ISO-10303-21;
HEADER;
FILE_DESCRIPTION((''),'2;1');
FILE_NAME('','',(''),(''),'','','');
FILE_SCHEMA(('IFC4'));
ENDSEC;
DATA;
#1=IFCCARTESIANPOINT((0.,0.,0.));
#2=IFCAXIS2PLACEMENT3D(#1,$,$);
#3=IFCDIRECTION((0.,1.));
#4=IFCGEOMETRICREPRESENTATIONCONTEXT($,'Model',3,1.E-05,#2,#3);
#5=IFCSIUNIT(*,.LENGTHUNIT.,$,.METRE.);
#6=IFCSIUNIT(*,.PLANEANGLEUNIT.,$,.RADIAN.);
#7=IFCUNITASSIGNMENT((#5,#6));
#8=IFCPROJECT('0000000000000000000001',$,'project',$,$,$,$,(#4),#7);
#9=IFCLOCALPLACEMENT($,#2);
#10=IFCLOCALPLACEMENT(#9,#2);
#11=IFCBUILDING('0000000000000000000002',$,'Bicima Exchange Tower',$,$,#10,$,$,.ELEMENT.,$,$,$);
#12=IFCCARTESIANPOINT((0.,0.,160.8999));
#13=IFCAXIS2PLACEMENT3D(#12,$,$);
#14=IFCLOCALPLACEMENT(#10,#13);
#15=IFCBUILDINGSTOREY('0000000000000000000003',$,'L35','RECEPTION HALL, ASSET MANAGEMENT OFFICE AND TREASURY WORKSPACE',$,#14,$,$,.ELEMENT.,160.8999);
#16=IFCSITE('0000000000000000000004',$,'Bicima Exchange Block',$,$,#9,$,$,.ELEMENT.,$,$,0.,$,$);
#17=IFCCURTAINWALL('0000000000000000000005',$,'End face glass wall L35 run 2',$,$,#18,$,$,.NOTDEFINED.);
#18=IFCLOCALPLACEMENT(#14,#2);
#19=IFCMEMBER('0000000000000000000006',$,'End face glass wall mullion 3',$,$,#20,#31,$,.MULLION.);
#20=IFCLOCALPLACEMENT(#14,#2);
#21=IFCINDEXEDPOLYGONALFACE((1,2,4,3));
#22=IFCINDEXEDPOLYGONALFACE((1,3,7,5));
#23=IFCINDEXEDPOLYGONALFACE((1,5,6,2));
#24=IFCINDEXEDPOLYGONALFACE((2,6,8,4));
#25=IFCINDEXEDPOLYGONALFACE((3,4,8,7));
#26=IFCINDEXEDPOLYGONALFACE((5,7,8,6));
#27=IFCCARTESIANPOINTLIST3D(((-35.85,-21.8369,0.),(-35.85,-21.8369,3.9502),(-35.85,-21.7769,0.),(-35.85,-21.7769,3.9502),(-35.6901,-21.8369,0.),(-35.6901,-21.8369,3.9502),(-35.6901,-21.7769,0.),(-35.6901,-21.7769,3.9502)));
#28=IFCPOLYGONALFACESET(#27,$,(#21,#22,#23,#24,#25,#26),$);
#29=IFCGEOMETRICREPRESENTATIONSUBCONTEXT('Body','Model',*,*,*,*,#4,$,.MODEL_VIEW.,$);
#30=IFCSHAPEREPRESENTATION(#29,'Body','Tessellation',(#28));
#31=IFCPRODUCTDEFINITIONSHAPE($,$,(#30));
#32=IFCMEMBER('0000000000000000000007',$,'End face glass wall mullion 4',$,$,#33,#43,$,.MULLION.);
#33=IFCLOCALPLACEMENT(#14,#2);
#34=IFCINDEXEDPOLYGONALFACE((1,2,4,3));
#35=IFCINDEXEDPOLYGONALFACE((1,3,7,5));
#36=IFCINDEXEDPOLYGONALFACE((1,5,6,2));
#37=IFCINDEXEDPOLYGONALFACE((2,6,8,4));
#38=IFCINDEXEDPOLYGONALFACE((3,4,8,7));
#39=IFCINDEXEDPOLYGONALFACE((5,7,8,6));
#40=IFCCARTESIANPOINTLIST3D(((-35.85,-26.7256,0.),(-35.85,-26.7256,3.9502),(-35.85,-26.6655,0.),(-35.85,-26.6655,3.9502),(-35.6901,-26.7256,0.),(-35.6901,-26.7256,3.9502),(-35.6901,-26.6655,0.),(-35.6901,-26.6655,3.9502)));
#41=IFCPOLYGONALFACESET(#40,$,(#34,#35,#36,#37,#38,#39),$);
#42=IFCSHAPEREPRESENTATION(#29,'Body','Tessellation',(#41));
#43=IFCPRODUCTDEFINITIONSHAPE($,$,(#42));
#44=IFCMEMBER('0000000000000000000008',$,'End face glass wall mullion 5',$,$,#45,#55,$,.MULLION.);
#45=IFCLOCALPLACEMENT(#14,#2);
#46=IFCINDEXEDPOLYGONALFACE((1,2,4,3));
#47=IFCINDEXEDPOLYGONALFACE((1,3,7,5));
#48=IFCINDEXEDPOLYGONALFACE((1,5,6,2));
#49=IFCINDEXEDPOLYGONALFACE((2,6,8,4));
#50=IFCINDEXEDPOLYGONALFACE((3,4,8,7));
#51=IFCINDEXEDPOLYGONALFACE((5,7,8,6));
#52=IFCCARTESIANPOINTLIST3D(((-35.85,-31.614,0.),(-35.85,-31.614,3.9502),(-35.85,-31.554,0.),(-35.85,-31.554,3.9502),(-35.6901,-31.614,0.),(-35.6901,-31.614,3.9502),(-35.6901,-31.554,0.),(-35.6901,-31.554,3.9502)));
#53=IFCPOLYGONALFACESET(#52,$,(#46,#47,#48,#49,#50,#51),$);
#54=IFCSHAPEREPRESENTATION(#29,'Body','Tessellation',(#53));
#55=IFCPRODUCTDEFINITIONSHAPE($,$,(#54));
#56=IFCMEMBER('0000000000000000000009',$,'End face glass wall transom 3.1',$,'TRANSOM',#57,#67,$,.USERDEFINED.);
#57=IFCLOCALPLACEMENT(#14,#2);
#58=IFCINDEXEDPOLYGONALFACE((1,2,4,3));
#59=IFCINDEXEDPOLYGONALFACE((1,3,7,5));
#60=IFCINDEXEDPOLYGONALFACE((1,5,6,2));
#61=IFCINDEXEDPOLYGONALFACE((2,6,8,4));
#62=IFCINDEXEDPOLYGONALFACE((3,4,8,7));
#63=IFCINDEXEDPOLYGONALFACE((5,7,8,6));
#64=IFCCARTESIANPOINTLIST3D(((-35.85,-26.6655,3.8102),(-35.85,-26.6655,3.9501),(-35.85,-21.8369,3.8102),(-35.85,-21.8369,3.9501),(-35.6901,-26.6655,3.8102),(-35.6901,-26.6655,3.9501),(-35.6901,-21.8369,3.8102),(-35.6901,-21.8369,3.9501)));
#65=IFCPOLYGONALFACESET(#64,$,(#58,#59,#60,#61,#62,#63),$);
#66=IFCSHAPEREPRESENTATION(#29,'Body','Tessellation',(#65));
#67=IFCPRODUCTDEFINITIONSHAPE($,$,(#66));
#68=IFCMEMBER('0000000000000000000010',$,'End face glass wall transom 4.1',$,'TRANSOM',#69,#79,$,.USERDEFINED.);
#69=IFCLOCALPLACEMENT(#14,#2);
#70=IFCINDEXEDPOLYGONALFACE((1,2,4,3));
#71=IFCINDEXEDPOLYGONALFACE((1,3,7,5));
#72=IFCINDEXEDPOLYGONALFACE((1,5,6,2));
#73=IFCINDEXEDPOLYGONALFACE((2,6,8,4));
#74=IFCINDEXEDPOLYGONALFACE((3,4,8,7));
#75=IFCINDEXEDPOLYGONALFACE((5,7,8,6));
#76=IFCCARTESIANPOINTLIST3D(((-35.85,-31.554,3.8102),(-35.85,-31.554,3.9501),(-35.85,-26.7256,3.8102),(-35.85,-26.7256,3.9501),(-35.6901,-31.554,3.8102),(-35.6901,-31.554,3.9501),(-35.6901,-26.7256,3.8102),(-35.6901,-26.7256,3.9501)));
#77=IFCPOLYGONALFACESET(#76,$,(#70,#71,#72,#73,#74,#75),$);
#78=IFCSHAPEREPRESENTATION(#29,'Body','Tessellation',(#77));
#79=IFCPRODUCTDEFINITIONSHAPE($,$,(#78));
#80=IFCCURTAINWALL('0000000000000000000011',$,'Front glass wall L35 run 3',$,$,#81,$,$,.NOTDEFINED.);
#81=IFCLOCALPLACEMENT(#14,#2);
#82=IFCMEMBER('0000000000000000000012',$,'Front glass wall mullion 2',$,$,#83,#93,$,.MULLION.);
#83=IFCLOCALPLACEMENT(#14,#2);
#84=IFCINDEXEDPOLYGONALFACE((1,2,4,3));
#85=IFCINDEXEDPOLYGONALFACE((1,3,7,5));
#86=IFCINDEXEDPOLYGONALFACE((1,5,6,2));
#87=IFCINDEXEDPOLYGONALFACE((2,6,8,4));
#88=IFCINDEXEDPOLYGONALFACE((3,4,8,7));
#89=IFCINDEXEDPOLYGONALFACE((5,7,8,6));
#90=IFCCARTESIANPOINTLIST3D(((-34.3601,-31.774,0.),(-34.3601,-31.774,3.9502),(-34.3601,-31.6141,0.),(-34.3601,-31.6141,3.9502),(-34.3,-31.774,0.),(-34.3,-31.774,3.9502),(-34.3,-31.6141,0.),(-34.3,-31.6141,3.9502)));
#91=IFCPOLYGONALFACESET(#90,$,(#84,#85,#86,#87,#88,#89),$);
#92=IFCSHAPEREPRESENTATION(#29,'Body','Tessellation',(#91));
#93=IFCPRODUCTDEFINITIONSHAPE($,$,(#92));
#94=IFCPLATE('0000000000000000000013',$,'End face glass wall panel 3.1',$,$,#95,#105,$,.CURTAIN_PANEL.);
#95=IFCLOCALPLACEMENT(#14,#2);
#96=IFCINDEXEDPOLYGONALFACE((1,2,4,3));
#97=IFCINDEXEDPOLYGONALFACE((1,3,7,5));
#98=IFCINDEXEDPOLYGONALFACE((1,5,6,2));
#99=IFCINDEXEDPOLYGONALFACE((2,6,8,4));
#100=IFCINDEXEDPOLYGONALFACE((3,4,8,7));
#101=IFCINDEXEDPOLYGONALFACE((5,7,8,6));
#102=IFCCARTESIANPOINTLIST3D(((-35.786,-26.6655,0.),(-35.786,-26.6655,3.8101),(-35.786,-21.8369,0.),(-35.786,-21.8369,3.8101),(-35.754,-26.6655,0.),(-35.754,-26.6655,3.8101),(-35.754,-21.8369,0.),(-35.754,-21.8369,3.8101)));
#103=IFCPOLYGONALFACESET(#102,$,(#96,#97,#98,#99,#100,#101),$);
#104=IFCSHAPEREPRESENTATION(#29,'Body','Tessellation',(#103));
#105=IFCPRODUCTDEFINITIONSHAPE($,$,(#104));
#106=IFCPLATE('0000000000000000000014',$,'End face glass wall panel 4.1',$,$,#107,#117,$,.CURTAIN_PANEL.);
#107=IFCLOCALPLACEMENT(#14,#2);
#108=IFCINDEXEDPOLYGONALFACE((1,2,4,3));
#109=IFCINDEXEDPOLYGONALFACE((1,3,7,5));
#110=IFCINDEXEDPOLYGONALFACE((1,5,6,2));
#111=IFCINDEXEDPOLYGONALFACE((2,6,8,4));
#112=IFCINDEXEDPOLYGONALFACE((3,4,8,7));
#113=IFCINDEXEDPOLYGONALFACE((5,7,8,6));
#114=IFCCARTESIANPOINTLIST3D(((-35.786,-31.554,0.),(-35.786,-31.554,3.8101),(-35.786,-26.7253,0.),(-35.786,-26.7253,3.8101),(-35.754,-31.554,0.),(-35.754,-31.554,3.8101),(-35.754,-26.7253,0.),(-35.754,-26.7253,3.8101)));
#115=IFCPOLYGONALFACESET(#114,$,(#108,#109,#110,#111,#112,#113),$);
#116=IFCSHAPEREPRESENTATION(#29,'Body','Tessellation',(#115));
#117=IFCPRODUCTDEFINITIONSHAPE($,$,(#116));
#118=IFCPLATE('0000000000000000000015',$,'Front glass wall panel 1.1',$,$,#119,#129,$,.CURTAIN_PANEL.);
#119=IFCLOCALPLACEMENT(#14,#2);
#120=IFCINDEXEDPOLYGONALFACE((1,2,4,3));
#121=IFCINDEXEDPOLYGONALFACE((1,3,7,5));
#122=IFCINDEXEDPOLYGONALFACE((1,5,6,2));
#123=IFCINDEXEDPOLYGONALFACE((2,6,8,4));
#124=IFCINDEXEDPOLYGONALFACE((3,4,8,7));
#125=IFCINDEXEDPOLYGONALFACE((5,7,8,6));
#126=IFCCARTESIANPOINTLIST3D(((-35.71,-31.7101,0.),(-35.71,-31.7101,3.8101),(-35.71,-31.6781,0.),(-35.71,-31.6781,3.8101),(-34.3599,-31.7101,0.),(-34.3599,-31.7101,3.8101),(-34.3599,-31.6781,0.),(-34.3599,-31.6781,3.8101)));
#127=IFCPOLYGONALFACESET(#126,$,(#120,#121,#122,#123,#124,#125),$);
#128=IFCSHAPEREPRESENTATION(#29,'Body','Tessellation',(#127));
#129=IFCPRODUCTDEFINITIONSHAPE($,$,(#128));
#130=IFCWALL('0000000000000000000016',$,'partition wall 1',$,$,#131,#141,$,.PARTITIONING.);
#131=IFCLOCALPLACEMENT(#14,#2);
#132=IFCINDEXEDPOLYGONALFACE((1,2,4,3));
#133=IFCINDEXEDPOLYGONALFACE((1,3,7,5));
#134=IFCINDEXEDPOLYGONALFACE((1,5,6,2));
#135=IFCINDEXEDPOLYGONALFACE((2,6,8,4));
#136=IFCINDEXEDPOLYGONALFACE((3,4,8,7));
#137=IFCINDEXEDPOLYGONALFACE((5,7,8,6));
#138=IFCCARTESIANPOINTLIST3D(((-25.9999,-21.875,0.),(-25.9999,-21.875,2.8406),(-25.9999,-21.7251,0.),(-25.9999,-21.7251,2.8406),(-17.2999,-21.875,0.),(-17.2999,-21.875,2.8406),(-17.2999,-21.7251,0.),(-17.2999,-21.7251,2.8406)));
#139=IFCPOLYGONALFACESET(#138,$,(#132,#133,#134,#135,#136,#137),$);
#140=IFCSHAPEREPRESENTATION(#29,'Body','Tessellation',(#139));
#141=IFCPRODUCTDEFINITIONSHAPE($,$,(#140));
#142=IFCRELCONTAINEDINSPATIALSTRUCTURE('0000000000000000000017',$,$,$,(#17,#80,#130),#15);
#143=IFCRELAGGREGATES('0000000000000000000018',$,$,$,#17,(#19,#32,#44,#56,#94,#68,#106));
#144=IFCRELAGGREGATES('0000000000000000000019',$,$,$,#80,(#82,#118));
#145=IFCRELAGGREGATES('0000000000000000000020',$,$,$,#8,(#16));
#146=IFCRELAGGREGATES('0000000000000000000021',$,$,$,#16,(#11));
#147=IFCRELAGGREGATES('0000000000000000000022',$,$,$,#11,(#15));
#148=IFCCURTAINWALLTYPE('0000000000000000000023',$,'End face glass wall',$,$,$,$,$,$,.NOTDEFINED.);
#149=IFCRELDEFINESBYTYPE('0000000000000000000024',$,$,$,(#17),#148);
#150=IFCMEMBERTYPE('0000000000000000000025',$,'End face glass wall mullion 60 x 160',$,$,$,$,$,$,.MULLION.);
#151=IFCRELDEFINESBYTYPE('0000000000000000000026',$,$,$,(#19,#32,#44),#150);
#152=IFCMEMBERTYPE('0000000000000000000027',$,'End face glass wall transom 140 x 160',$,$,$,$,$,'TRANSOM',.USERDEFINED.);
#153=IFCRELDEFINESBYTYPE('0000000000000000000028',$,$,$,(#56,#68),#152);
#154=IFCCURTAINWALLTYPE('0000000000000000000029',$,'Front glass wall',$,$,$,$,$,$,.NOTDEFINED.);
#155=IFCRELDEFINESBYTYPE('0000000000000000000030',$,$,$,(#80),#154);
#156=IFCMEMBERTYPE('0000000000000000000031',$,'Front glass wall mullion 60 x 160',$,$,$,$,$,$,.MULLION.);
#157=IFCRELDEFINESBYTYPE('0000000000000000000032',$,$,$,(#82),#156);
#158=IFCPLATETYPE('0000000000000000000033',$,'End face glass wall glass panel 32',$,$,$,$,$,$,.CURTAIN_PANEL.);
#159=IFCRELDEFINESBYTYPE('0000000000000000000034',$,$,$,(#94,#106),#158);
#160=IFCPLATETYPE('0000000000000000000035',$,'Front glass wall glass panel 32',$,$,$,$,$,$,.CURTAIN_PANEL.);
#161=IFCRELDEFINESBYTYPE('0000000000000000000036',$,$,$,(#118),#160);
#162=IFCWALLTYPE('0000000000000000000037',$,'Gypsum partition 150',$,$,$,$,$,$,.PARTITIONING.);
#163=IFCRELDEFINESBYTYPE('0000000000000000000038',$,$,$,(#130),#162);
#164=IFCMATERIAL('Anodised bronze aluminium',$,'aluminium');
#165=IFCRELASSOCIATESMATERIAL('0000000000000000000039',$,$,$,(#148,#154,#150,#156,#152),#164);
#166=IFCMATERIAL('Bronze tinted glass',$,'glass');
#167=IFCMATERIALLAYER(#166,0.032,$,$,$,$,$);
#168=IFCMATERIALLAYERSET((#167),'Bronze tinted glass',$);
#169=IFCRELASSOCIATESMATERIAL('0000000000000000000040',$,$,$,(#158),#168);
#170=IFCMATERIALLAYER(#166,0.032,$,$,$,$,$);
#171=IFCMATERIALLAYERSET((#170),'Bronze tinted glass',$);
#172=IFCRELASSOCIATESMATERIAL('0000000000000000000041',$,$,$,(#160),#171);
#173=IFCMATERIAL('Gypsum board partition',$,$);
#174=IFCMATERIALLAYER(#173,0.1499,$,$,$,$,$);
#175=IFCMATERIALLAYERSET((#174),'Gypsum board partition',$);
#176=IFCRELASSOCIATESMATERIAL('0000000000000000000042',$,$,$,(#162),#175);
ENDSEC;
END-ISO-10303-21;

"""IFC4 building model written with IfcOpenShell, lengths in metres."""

from ifc_helpers import new_model, si_unit, direction, frame, frame_2d, origin, origin_2d, place, context, subcontext, project, spatial, rectangle, extrude, material, layer, layer_set, material_profile, profile_set, type_object, element, aggregate, save


model = new_model("IFC4")

# Units and contexts
model_context = context("Model", 3, precision=1e-05, world=origin(), true_north=direction((0.0, 1.0)))
body_context = subcontext(model_context, "Body", "Model", "MODEL_VIEW")
ifc_project = project(units=[si_unit("LENGTHUNIT", "METRE"), si_unit("PLANEANGLEUNIT", "RADIAN")], contexts=[model_context])

# Site, building, storey
site_placement = place(None, origin())
site = spatial("IfcSite", under=ifc_project, at=site_placement, Name="Bicima Exchange Block", CompositionType="ELEMENT", RefElevation=0.0)
building_placement = place(site_placement, origin())
building = spatial("IfcBuilding", under=site, at=building_placement, Name="Bicima Exchange Tower", CompositionType="ELEMENT")
storey_placement = place(building_placement, frame((0.0, 0.0, 160.8999)))
storey = spatial("IfcBuildingStorey", under=building, at=storey_placement, Name="L35", Description="RECEPTION HALL, ASSET MANAGEMENT OFFICE AND TREASURY WORKSPACE", CompositionType="ELEMENT", Elevation=160.8999)

# Curtain wall, members
ifc_material_1 = material(Name="Anodised bronze aluminium", Category="aluminium")
curtain_wall_type_1 = type_object("IfcCurtainWallType", Name="End face glass wall", PredefinedType="NOTDEFINED", material=ifc_material_1)
curtain_wall_1_placement = place(storey_placement, origin())
curtain_wall_1 = element("IfcCurtainWall", 1, at=curtain_wall_1_placement, inside=storey, type_object=curtain_wall_type_1, Name="End face glass wall L35 run 2", PredefinedType="NOTDEFINED")
ifc_material_profile_1 = material_profile(ifc_material_1, rectangle(XDim=0.1599, YDim=0.0601, at=origin_2d()))
ifc_profile_set_1 = profile_set([ifc_material_profile_1], Name="Anodised bronze aluminium")
member_type_1 = type_object("IfcMemberType", Name="End face glass wall mullion 60 x 160", PredefinedType="MULLION", material=ifc_profile_set_1)
member_1_placement = place(storey_placement, frame((-35.77, -21.8069, 0.0), z_axis=(0.0, 0.0, 1.0), x_axis=(1.0, 0.0, 0.0)))
member_1 = element("IfcMember", 2, at=member_1_placement, type_object=member_type_1, Name="End face glass wall mullion 3", PredefinedType="MULLION", context=body_context, shape_type="SweptSolid", body=[
    extrude(rectangle(XDim=0.1599, YDim=0.0601, at=origin_2d()), origin(), (0.0, 0.0, 1.0), 3.9502),
])
member_2_placement = place(storey_placement, frame((-35.77, -26.6956, 0.0), z_axis=(0.0, 0.0, 1.0), x_axis=(1.0, 0.0, 0.0)))
member_2 = element("IfcMember", 3, at=member_2_placement, type_object=member_type_1, Name="End face glass wall mullion 4", PredefinedType="MULLION", context=body_context, shape_type="SweptSolid", body=[
    extrude(rectangle(XDim=0.1599, YDim=0.0601, at=origin_2d()), origin(), (0.0, 0.0, 1.0), 3.9502),
])
member_3_placement = place(storey_placement, frame((-35.77, -31.584, 0.0), z_axis=(0.0, 0.0, 1.0), x_axis=(1.0, 0.0, 0.0)))
member_3 = element("IfcMember", 4, at=member_3_placement, type_object=member_type_1, Name="End face glass wall mullion 5", PredefinedType="MULLION", context=body_context, shape_type="SweptSolid", body=[
    extrude(rectangle(XDim=0.1599, YDim=0.0601, at=origin_2d()), origin(), (0.0, 0.0, 1.0), 3.9502),
])
ifc_material_profile_2 = material_profile(ifc_material_1, rectangle(XDim=0.1599, YDim=0.1399, at=origin_2d()))
ifc_profile_set_2 = profile_set([ifc_material_profile_2], Name="Anodised bronze aluminium")
member_type_2 = type_object("IfcMemberType", Name="End face glass wall transom 140 x 160", ElementType="TRANSOM", PredefinedType="USERDEFINED", material=ifc_profile_set_2)
member_4_placement = place(storey_placement, frame((-35.77, -21.8369, 3.8801), z_axis=(0.0, -1.0, 0.0), x_axis=(1.0, 0.0, 0.0)))
member_4 = element("IfcMember", 5, at=member_4_placement, type_object=member_type_2, Name="End face glass wall transom 3.1", ObjectType="TRANSOM", PredefinedType="USERDEFINED", context=body_context, shape_type="SweptSolid", body=[
    extrude(rectangle(XDim=0.1599, YDim=0.1399, at=origin_2d()), origin(), (0.0, 0.0, 1.0), 4.8286),
])
member_5_placement = place(storey_placement, frame((-35.77, -26.7256, 3.8801), z_axis=(0.0, -1.0, 0.0), x_axis=(1.0, 0.0, 0.0)))
member_5 = element("IfcMember", 6, at=member_5_placement, type_object=member_type_2, Name="End face glass wall transom 4.1", ObjectType="TRANSOM", PredefinedType="USERDEFINED", context=body_context, shape_type="SweptSolid", body=[
    extrude(rectangle(XDim=0.1599, YDim=0.1399, at=origin_2d()), origin(), (0.0, 0.0, 1.0), 4.8284),
])

# Curtain wall, member
curtain_wall_type_2 = type_object("IfcCurtainWallType", Name="Front glass wall", PredefinedType="NOTDEFINED", material=ifc_material_1)
curtain_wall_2_placement = place(storey_placement, origin())
curtain_wall_2 = element("IfcCurtainWall", 7, at=curtain_wall_2_placement, inside=storey, type_object=curtain_wall_type_2, Name="Front glass wall L35 run 3", PredefinedType="NOTDEFINED")
member_type_3 = type_object("IfcMemberType", Name="Front glass wall mullion 60 x 160", PredefinedType="MULLION", material=ifc_profile_set_1)
member_6_placement = place(storey_placement, frame((-34.3301, -31.6941, 0.0), z_axis=(0.0, 0.0, 1.0), x_axis=(0.0, 1.0, 0.0)))
member_6 = element("IfcMember", 8, at=member_6_placement, type_object=member_type_3, Name="Front glass wall mullion 2", PredefinedType="MULLION", context=body_context, shape_type="SweptSolid", body=[
    extrude(rectangle(XDim=0.1599, YDim=0.0601, at=origin_2d()), origin(), (0.0, 0.0, 1.0), 3.9502),
])

# Plates
ifc_material_2 = material(Name="Bronze tinted glass", Category="glass")
ifc_layer_1 = layer(ifc_material_2, 0.032)
ifc_layer_set_1 = layer_set([ifc_layer_1], Name="Bronze tinted glass")
plate_type_1 = type_object("IfcPlateType", Name="End face glass wall glass panel 32", PredefinedType="CURTAIN_PANEL", material=ifc_layer_set_1)
plate_1_placement = place(storey_placement, frame((-35.77, -24.2512, 0.0), z_axis=(0.0, 0.0, 1.0), x_axis=(0.0, -1.0, 0.0)))
plate_1 = element("IfcPlate", 9, at=plate_1_placement, type_object=plate_type_1, Name="End face glass wall panel 3.1", PredefinedType="CURTAIN_PANEL", context=body_context, shape_type="SweptSolid", body=[
    extrude(rectangle(XDim=4.8286, YDim=0.032, at=origin_2d()), origin(), (0.0, 0.0, 1.0), 3.8101),
])
plate_2_placement = place(storey_placement, frame((-35.77, -29.1396, 0.0), z_axis=(0.0, 0.0, 1.0), x_axis=(0.0, -1.0, 0.0)))
plate_2 = element("IfcPlate", 10, at=plate_2_placement, type_object=plate_type_1, Name="End face glass wall panel 4.1", PredefinedType="CURTAIN_PANEL", context=body_context, shape_type="SweptSolid", body=[
    extrude(rectangle(XDim=4.8286, YDim=0.032, at=origin_2d()), origin(), (0.0, 0.0, 1.0), 3.8101),
])
aggregate(curtain_wall_1, [member_1, member_2, member_3, member_4, plate_1, member_5, plate_2])
ifc_layer_2 = layer(ifc_material_2, 0.032)
ifc_layer_set_2 = layer_set([ifc_layer_2], Name="Bronze tinted glass")
plate_type_2 = type_object("IfcPlateType", Name="Front glass wall glass panel 32", PredefinedType="CURTAIN_PANEL", material=ifc_layer_set_2)
plate_3_placement = place(storey_placement, frame((-35.0349, -31.6941, 0.0), z_axis=(0.0, 0.0, 1.0), x_axis=(1.0, 0.0, 0.0)))
plate_3 = element("IfcPlate", 11, at=plate_3_placement, type_object=plate_type_2, Name="Front glass wall panel 1.1", PredefinedType="CURTAIN_PANEL", context=body_context, shape_type="SweptSolid", body=[
    extrude(rectangle(XDim=1.3501, YDim=0.032, at=origin_2d()), origin(), (0.0, 0.0, 1.0), 3.8101),
])
aggregate(curtain_wall_2, [member_6, plate_3])

# Wall
ifc_material_3 = material(Name="Gypsum board partition")
ifc_layer_3 = layer(ifc_material_3, 0.1499)
ifc_layer_set_3 = layer_set([ifc_layer_3], Name="Gypsum board partition")
wall_type = type_object("IfcWallType", Name="Gypsum partition 150", PredefinedType="PARTITIONING", material=ifc_layer_set_3)
wall_placement = place(storey_placement, frame((-26.0, -21.8, 0.0), z_axis=(0.0, 0.0, 1.0), x_axis=(1.0, 0.0, 0.0)))
element("IfcWall", 12, at=wall_placement, inside=storey, type_object=wall_type, Name="partition wall 1", PredefinedType="PARTITIONING", context=body_context, shape_type="SweptSolid", body=[
    extrude(rectangle(XDim=8.7, YDim=0.1499, at=frame_2d((4.3501, 0.0))), origin(), (0.0, 0.0, 1.0), 2.8406),
])

save(model, "model.ifc")
